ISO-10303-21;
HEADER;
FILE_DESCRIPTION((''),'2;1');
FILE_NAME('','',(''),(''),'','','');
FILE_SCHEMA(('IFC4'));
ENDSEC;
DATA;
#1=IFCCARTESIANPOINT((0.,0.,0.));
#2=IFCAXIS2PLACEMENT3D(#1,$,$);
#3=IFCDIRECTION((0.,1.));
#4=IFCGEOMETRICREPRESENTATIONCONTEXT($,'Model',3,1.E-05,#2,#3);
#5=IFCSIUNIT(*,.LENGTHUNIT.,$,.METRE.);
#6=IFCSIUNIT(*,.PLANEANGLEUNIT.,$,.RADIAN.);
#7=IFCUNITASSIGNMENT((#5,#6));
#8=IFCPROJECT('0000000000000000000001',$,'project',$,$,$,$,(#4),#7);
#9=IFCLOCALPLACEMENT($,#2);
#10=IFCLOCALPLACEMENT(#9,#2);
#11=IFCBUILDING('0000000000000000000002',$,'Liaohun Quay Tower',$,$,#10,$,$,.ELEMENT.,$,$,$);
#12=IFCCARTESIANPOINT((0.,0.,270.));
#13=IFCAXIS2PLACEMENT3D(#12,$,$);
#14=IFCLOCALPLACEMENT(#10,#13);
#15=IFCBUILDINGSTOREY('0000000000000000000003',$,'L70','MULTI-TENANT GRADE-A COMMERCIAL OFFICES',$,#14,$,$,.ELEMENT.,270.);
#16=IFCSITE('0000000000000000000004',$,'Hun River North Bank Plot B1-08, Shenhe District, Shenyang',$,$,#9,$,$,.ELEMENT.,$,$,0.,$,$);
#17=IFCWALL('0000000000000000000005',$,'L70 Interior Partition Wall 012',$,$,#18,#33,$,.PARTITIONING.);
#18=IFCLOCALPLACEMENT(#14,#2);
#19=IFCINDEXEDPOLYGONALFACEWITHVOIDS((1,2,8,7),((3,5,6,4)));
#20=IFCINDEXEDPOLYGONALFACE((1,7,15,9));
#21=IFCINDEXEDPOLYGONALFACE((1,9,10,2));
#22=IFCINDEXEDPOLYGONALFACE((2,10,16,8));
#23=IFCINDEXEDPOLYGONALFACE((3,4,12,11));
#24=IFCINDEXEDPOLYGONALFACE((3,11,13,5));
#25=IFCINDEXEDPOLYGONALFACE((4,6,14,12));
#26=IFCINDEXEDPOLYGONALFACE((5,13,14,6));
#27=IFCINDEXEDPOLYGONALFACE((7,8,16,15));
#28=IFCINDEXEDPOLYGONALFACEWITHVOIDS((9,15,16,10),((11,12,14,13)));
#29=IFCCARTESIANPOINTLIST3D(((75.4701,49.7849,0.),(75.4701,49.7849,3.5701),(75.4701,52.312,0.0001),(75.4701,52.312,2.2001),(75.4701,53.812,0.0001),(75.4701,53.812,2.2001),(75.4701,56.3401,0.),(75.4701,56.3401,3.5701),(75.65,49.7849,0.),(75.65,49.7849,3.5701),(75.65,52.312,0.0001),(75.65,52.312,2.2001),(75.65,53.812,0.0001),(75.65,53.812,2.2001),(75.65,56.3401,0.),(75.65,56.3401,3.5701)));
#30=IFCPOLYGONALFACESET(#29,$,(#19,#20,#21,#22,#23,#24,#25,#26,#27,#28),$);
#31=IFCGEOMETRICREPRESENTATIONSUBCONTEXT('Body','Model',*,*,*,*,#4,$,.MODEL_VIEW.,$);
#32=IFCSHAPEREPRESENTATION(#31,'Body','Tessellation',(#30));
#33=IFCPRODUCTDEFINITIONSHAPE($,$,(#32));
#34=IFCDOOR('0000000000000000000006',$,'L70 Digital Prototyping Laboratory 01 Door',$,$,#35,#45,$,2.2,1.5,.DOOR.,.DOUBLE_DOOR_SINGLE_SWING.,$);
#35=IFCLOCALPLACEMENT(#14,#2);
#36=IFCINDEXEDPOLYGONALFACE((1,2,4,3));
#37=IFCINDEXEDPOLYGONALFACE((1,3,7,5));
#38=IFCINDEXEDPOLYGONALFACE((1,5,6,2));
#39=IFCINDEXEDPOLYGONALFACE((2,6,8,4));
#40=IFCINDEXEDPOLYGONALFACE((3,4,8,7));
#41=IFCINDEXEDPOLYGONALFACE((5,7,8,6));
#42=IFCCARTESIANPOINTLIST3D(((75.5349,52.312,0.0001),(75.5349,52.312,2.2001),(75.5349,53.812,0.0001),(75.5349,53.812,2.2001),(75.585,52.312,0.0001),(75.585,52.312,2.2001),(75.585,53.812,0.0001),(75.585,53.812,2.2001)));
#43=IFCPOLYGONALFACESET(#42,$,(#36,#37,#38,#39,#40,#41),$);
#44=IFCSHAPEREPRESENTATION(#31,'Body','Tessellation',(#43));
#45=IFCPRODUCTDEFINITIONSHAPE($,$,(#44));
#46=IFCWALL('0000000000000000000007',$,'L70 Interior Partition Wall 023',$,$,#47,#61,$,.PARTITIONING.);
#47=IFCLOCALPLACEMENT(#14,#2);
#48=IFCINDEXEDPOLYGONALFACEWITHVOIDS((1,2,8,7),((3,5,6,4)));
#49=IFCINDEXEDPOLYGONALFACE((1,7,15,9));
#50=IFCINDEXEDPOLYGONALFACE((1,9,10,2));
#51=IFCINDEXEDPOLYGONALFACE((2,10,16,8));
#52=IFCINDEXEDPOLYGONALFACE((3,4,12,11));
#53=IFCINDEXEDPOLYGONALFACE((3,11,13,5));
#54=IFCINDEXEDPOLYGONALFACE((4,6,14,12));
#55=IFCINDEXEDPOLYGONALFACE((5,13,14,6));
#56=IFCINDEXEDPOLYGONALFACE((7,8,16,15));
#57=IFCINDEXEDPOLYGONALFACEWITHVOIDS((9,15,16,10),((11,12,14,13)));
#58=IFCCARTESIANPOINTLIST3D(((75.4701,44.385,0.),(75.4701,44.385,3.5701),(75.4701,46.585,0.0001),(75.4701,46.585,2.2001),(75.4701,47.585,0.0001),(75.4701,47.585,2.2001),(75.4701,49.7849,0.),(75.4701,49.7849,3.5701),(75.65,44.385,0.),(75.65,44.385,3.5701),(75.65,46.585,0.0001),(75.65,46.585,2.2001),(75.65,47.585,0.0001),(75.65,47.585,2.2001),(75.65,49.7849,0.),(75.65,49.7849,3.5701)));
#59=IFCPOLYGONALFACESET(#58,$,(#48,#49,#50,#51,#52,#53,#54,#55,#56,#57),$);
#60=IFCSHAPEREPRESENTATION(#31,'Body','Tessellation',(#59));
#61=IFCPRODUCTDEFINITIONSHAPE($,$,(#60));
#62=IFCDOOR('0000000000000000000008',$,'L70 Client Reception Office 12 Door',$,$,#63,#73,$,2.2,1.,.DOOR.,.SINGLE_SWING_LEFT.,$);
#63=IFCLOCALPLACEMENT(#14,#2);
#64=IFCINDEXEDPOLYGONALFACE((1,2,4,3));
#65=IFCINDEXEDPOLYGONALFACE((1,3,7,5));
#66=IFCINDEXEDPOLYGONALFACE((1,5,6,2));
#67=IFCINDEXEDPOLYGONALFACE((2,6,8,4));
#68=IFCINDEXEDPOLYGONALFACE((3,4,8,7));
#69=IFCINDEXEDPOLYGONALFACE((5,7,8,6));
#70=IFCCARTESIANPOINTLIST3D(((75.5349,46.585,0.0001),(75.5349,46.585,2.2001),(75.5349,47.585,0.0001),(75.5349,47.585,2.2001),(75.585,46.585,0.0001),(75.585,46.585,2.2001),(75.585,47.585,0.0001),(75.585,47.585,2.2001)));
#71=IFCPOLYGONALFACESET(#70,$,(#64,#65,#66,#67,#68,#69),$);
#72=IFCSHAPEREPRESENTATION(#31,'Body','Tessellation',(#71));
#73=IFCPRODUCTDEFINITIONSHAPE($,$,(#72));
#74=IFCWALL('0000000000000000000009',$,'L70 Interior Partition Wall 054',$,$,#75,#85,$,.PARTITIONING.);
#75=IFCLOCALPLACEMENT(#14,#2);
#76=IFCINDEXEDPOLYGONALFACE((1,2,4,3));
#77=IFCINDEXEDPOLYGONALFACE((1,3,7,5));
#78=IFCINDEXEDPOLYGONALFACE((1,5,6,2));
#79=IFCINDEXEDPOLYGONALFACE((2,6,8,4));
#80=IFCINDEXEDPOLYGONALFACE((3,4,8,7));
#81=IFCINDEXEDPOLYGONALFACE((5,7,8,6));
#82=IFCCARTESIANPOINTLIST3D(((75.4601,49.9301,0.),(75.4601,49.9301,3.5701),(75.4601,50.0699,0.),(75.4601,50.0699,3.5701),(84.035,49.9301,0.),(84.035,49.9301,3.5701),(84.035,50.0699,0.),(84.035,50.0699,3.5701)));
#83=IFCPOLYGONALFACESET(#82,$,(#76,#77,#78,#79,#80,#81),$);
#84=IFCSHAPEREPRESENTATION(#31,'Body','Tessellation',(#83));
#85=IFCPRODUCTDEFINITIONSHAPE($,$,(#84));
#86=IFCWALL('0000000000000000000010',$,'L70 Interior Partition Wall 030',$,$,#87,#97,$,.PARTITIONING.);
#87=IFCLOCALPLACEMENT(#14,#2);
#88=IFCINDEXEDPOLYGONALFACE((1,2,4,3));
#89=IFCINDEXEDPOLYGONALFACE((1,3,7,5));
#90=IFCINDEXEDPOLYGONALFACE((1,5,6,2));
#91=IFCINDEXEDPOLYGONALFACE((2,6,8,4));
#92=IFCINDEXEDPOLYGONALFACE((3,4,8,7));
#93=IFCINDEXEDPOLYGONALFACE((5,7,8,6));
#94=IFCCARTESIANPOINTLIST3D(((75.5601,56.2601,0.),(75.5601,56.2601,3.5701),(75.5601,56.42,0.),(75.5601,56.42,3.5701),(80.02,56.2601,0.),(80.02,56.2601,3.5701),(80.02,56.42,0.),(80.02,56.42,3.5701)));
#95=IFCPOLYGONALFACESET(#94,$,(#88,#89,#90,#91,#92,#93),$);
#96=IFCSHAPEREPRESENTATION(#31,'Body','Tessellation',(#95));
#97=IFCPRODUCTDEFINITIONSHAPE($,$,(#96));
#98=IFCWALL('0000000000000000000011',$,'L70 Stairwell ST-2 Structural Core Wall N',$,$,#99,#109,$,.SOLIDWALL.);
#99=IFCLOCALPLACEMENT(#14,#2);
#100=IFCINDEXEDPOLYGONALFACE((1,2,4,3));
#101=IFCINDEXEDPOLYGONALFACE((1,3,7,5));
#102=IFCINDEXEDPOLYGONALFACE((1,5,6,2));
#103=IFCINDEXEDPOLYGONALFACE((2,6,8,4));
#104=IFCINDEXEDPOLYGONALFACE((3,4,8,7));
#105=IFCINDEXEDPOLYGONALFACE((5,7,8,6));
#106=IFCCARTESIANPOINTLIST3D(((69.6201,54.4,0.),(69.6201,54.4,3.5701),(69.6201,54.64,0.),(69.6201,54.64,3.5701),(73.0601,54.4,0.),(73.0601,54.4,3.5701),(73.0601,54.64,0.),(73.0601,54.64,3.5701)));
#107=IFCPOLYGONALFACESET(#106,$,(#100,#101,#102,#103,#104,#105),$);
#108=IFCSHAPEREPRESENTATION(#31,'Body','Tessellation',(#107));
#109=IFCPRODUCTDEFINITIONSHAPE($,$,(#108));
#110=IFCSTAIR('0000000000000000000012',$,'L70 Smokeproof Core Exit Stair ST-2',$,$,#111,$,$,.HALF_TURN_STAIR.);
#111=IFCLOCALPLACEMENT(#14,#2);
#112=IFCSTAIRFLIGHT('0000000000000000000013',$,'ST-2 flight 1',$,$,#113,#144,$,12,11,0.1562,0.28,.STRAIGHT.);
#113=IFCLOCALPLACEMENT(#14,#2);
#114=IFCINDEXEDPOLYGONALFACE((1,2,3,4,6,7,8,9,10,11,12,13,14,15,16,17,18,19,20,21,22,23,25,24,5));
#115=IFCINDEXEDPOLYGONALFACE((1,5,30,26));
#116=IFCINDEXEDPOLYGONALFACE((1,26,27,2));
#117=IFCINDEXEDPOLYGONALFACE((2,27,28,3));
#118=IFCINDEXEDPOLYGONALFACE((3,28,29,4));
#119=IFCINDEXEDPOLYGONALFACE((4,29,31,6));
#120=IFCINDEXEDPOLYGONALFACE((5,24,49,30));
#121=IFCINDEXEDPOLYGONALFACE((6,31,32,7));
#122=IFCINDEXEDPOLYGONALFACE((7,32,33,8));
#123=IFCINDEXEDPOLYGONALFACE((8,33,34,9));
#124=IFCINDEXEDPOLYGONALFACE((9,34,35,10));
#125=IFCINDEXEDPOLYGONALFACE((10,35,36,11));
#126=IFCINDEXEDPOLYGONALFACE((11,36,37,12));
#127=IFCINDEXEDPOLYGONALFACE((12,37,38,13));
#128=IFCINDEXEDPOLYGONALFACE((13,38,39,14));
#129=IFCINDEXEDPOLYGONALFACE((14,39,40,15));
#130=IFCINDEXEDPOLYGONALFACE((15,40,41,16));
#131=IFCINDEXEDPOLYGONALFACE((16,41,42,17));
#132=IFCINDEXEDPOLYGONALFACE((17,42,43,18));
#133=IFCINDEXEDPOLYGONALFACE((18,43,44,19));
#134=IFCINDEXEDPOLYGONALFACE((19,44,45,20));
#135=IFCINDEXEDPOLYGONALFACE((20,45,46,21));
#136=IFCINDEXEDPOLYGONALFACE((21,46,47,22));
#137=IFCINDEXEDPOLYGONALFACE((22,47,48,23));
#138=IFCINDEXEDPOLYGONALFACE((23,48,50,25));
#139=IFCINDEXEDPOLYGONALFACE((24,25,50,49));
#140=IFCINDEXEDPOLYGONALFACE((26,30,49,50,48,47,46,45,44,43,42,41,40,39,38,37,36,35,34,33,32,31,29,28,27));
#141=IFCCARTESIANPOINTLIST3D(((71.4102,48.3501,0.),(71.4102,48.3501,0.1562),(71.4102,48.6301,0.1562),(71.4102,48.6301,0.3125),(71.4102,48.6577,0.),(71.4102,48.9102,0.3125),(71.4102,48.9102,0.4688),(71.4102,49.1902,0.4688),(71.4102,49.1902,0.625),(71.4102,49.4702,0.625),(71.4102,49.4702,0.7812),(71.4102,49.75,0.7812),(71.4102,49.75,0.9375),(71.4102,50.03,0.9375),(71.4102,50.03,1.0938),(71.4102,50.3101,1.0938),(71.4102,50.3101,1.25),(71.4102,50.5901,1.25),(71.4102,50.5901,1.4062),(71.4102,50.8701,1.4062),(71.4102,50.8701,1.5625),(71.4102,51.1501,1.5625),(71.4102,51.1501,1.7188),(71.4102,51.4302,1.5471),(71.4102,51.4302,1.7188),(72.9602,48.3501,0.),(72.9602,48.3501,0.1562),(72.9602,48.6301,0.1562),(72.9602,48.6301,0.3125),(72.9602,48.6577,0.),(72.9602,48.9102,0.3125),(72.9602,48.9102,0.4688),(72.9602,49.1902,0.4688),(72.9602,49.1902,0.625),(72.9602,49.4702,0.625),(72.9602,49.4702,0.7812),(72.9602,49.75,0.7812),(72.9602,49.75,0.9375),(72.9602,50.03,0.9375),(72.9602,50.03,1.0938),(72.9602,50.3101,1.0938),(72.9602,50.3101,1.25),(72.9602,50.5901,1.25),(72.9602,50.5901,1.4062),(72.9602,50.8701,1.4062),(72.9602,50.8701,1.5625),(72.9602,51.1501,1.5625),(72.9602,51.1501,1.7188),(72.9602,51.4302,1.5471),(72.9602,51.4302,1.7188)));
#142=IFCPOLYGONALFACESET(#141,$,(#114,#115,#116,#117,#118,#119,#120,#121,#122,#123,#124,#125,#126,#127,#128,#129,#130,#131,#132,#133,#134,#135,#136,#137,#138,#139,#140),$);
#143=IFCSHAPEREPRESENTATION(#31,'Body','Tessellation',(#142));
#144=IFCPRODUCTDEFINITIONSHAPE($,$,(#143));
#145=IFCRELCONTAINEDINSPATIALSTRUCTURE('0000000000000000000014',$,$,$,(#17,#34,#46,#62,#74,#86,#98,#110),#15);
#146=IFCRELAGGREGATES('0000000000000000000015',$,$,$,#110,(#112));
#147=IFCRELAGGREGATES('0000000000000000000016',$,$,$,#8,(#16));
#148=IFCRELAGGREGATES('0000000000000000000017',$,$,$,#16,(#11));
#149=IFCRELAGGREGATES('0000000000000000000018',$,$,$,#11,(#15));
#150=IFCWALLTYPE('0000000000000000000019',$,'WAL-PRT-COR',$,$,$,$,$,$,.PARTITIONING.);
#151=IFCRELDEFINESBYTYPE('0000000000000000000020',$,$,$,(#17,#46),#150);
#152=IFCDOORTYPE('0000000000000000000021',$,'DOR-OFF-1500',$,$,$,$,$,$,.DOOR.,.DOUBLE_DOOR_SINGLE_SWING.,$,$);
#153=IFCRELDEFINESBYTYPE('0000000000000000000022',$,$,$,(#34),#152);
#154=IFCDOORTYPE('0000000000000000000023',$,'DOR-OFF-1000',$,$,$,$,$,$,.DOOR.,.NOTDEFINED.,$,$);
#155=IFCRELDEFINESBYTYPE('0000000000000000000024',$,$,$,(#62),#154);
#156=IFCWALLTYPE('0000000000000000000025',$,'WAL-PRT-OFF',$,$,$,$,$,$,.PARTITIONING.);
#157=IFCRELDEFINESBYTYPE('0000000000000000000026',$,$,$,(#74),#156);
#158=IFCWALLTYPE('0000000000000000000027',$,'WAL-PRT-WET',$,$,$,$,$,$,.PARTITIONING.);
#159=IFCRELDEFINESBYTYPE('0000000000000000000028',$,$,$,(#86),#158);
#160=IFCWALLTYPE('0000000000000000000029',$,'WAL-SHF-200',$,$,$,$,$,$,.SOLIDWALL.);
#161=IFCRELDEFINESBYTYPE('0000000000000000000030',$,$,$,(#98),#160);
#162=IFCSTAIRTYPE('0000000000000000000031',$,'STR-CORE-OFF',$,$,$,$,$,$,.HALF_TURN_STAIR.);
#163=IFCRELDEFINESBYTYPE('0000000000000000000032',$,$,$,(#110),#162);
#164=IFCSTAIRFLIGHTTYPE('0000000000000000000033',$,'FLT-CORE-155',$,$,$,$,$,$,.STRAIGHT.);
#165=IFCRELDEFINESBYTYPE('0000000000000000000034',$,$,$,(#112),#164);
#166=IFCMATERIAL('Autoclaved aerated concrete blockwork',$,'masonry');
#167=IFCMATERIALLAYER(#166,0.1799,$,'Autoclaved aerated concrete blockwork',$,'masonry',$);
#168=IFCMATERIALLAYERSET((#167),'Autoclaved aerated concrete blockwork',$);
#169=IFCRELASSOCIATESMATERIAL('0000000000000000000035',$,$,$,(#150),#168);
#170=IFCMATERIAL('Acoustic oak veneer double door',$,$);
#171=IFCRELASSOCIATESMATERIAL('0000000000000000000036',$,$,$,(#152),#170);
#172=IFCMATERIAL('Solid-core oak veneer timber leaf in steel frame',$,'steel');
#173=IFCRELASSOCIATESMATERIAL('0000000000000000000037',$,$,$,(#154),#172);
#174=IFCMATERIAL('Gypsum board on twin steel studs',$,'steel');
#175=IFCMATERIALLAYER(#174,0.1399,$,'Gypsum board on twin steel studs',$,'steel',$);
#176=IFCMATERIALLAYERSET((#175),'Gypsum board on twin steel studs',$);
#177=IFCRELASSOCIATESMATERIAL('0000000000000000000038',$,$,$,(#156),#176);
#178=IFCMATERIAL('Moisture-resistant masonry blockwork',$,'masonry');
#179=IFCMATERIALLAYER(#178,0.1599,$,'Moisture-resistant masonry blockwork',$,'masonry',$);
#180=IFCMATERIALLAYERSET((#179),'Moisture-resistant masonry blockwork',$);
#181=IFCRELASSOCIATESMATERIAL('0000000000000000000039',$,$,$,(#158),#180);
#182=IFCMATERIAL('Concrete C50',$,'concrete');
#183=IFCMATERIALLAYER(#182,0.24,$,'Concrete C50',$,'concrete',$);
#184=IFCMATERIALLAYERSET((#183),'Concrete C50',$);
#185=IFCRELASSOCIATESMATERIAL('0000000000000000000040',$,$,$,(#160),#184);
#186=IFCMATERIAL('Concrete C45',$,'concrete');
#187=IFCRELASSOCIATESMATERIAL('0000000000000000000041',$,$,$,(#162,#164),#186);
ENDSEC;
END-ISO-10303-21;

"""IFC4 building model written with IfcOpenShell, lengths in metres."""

from ifc_helpers import new_model, si_unit, direction, frame, frame_2d, origin, place, context, subcontext, project, spatial, polyline, rectangle, outline, extrude, source, transform, mapped, material, layer, layer_set, type_object, element, fill, aggregate, save


model = new_model("IFC4")

# Units and contexts
model_context = context("Model", 3, precision=1e-05, world=origin(), true_north=direction((0.0, 1.0)))
body_context = subcontext(model_context, "Body", "Model", "MODEL_VIEW")
ifc_project = project(units=[si_unit("LENGTHUNIT", "METRE"), si_unit("PLANEANGLEUNIT", "RADIAN")], contexts=[model_context])

# Site, building, storey
site_placement = place(None, origin())
site = spatial("IfcSite", under=ifc_project, at=site_placement, Name="Hun River North Bank Plot B1-08, Shenhe District, Shenyang", CompositionType="ELEMENT", RefElevation=0.0)
building_placement = place(site_placement, origin())
building = spatial("IfcBuilding", under=site, at=building_placement, Name="Liaohun Quay Tower", CompositionType="ELEMENT")
storey_placement = place(building_placement, frame((0.0, 0.0, 270.0)))
storey = spatial("IfcBuildingStorey", under=building, at=storey_placement, Name="L70", Description="MULTI-TENANT GRADE-A COMMERCIAL OFFICES", CompositionType="ELEMENT", Elevation=270.0)

# Walls, openings, doors
ifc_material_1 = material(Name="Autoclaved aerated concrete blockwork", Category="masonry")
ifc_layer_1 = layer(ifc_material_1, 0.1799, Name="Autoclaved aerated concrete blockwork", Category="masonry")
ifc_layer_set_1 = layer_set([ifc_layer_1], Name="Autoclaved aerated concrete blockwork")
wall_type_1 = type_object("IfcWallType", Name="WAL-PRT-COR", PredefinedType="PARTITIONING", material=ifc_layer_set_1)
wall_1_placement = place(storey_placement, frame((75.5601, 56.3401, 0.0), z_axis=(0.0, 0.0, 1.0), x_axis=(0.0, -1.0, 0.0)))
wall_1 = element("IfcWall", 1, at=wall_1_placement, inside=storey, type_object=wall_type_1, Name="L70 Interior Partition Wall 012", PredefinedType="PARTITIONING", context=body_context, shape_type="SweptSolid", body=[
    extrude(rectangle(XDim=6.5552, YDim=0.1799, at=frame_2d((3.2776, 0.0))), origin(), (0.0, 0.0, 1.0), 3.5701),
])
shared_shape_1 = source(origin(), body_context, "Body", "SweptSolid", [
    extrude(rectangle(XDim=1.5, YDim=2.2, at=frame_2d((0.75, 1.1001))), frame((0.0, 0.0999, 0.0), z_axis=(0.0, -1.0, 0.0), x_axis=(1.0, 0.0, 0.0)), (0.0, 0.0, 1.0), 0.2),
])
opening_1_placement = place(wall_1_placement, frame((2.5281, 0.0, 0.0)))
opening_1 = element("IfcOpeningElement", 2, at=opening_1_placement, cuts=wall_1, PredefinedType="OPENING", context=body_context, shape_type="MappedRepresentation", body=[
    mapped(shared_shape_1, transform((0.0, 0.0, 0.0), x_axis=(1.0, 0.0, 0.0), y_axis=(0.0, 1.0, 0.0), z_axis=(0.0, 0.0, 1.0), scale=1.0)),
])
ifc_material_2 = material(Name="Acoustic oak veneer double door")
door_type_1 = type_object("IfcDoorType", Name="DOR-OFF-1500", OperationType="DOUBLE_DOOR_SINGLE_SWING", PredefinedType="DOOR", material=ifc_material_2)
shared_shape_2 = source(origin(), body_context, "Body", "SweptSolid", [
    extrude(rectangle(XDim=1.5, YDim=2.2, at=frame_2d((0.75, 1.1001))), frame((0.0, 0.0249, 0.0), z_axis=(0.0, -1.0, 0.0), x_axis=(1.0, 0.0, 0.0)), (0.0, 0.0, 1.0), 0.05),
])
door_1_placement = place(opening_1_placement, origin())
door_1 = element("IfcDoor", 3, at=door_1_placement, inside=storey, type_object=door_type_1, Name="L70 Digital Prototyping Laboratory 01 Door", OperationType="DOUBLE_DOOR_SINGLE_SWING", OverallHeight=2.2, OverallWidth=1.5, PredefinedType="DOOR", context=body_context, shape_type="MappedRepresentation", body=[
    mapped(shared_shape_2, transform((0.0, 0.0, 0.0), x_axis=(1.0, 0.0, 0.0), y_axis=(0.0, 1.0, 0.0), z_axis=(0.0, 0.0, 1.0), scale=1.0)),
])
fill(opening_1, door_1)
wall_2_placement = place(storey_placement, frame((75.5601, 49.7849, 0.0), z_axis=(0.0, 0.0, 1.0), x_axis=(0.0, -1.0, 0.0)))
wall_2 = element("IfcWall", 4, at=wall_2_placement, inside=storey, type_object=wall_type_1, Name="L70 Interior Partition Wall 023", PredefinedType="PARTITIONING", context=body_context, shape_type="SweptSolid", body=[
    extrude(rectangle(XDim=5.3999, YDim=0.1799, at=frame_2d((2.7, 0.0))), origin(), (0.0, 0.0, 1.0), 3.5701),
])
shared_shape_3 = source(origin(), body_context, "Body", "SweptSolid", [
    extrude(rectangle(XDim=1.0, YDim=2.2, at=frame_2d((0.5, 1.1001))), frame((0.0, 0.0999, 0.0), z_axis=(0.0, -1.0, 0.0), x_axis=(1.0, 0.0, 0.0)), (0.0, 0.0, 1.0), 0.2),
])
opening_2_placement = place(wall_2_placement, frame((2.2, 0.0, 0.0)))
opening_2 = element("IfcOpeningElement", 5, at=opening_2_placement, cuts=wall_2, PredefinedType="OPENING", context=body_context, shape_type="MappedRepresentation", body=[
    mapped(shared_shape_3, transform((0.0, 0.0, 0.0), x_axis=(1.0, 0.0, 0.0), y_axis=(0.0, 1.0, 0.0), z_axis=(0.0, 0.0, 1.0), scale=1.0)),
])
ifc_material_3 = material(Name="Solid-core oak veneer timber leaf in steel frame", Category="steel")
door_type_2 = type_object("IfcDoorType", Name="DOR-OFF-1000", OperationType="NOTDEFINED", PredefinedType="DOOR", material=ifc_material_3)
shared_shape_4 = source(origin(), body_context, "Body", "SweptSolid", [
    extrude(rectangle(XDim=1.0, YDim=2.2, at=frame_2d((0.5, 1.1001))), frame((0.0, 0.0249, 0.0), z_axis=(0.0, -1.0, 0.0), x_axis=(1.0, 0.0, 0.0)), (0.0, 0.0, 1.0), 0.05),
])
door_2_placement = place(opening_2_placement, origin())
door_2 = element("IfcDoor", 6, at=door_2_placement, inside=storey, type_object=door_type_2, Name="L70 Client Reception Office 12 Door", OperationType="SINGLE_SWING_LEFT", OverallHeight=2.2, OverallWidth=1.0, PredefinedType="DOOR", context=body_context, shape_type="MappedRepresentation", body=[
    mapped(shared_shape_4, transform((0.0, 0.0, 0.0), x_axis=(1.0, 0.0, 0.0), y_axis=(0.0, 1.0, 0.0), z_axis=(0.0, 0.0, 1.0), scale=1.0)),
])
fill(opening_2, door_2)

# Wall
ifc_material_4 = material(Name="Gypsum board on twin steel studs", Category="steel")
ifc_layer_2 = layer(ifc_material_4, 0.1399, Name="Gypsum board on twin steel studs", Category="steel")
ifc_layer_set_2 = layer_set([ifc_layer_2], Name="Gypsum board on twin steel studs")
wall_type_2 = type_object("IfcWallType", Name="WAL-PRT-OFF", PredefinedType="PARTITIONING", material=ifc_layer_set_2)
wall_3_placement = place(storey_placement, frame((75.46, 50.0, 0.0), z_axis=(0.0, 0.0, 1.0), x_axis=(1.0, 0.0, 0.0)))
element("IfcWall", 7, at=wall_3_placement, inside=storey, type_object=wall_type_2, Name="L70 Interior Partition Wall 054", PredefinedType="PARTITIONING", context=body_context, shape_type="SweptSolid", body=[
    extrude(rectangle(XDim=8.575, YDim=0.1399, at=frame_2d((4.2876, 0.0))), origin(), (0.0, 0.0, 1.0), 3.5701),
])

# Shared definitions
ifc_material_5 = material(Name="Moisture-resistant masonry blockwork", Category="masonry")
ifc_layer_3 = layer(ifc_material_5, 0.1599, Name="Moisture-resistant masonry blockwork", Category="masonry")
ifc_layer_set_3 = layer_set([ifc_layer_3], Name="Moisture-resistant masonry blockwork")
wall_type_3 = type_object("IfcWallType", Name="WAL-PRT-WET", PredefinedType="PARTITIONING", material=ifc_layer_set_3)

# Walls
wall_4_placement = place(storey_placement, frame((75.5601, 56.3401, 0.0), z_axis=(0.0, 0.0, 1.0), x_axis=(1.0, 0.0, 0.0)))
element("IfcWall", 8, at=wall_4_placement, inside=storey, type_object=wall_type_3, Name="L70 Interior Partition Wall 030", PredefinedType="PARTITIONING", context=body_context, shape_type="SweptSolid", body=[
    extrude(rectangle(XDim=4.46, YDim=0.1599, at=frame_2d((2.23, 0.0))), origin(), (0.0, 0.0, 1.0), 3.5701),
])
ifc_material_6 = material(Name="Concrete C50", Category="concrete")
ifc_layer_4 = layer(ifc_material_6, 0.24, Name="Concrete C50", Category="concrete")
ifc_layer_set_4 = layer_set([ifc_layer_4], Name="Concrete C50")
wall_type_4 = type_object("IfcWallType", Name="WAL-SHF-200", PredefinedType="SOLIDWALL", material=ifc_layer_set_4)
wall_5_placement = place(storey_placement, frame((73.0601, 54.52, 0.0), z_axis=(0.0, 0.0, 1.0), x_axis=(-1.0, 0.0, 0.0)))
element("IfcWall", 9, at=wall_5_placement, inside=storey, type_object=wall_type_4, Name="L70 Stairwell ST-2 Structural Core Wall N", PredefinedType="SOLIDWALL", context=body_context, shape_type="SweptSolid", body=[
    extrude(rectangle(XDim=3.4399, YDim=0.24, at=frame_2d((1.72, 0.0))), origin(), (0.0, 0.0, 1.0), 3.5701),
])

# Stair, stair flight
ifc_material_7 = material(Name="Concrete C45", Category="concrete")
stair_type = type_object("IfcStairType", Name="STR-CORE-OFF", PredefinedType="HALF_TURN_STAIR", material=ifc_material_7)
stair_placement = place(storey_placement, origin())
stair = element("IfcStair", 10, at=stair_placement, inside=storey, type_object=stair_type, Name="L70 Smokeproof Core Exit Stair ST-2", PredefinedType="HALF_TURN_STAIR")
stair_flight_type = type_object("IfcStairFlightType", Name="FLT-CORE-155", PredefinedType="STRAIGHT", material=ifc_material_7)
stair_flight_1_placement = place(storey_placement, frame((72.1851, 48.3501, 0.0), z_axis=(0.0, 0.0, 1.0), x_axis=(0.0, 1.0, 0.0)))
stair_flight_1 = element("IfcStairFlight", 11, at=stair_flight_1_placement, type_object=stair_flight_type, Name="ST-2 flight 1", NumberOfRisers=12, NumberOfTreads=11, PredefinedType="STRAIGHT", RiserHeight=0.1562, TreadLength=0.28, context=body_context, shape_type="SweptSolid", body=[
    extrude(outline(polyline([(0.0, 0.0), (0.0, 0.1562), (0.28, 0.1562), (0.28, 0.3125), (0.5601, 0.3125), (0.5601, 0.4688), (0.8401, 0.4688), (0.8401, 0.625), (1.1201, 0.625), (1.1201, 0.7812), (1.3999, 0.7812), (1.3999, 0.9375), (1.6799, 0.9375), (1.6799, 1.0938), (1.96, 1.0938), (1.96, 1.25), (2.24, 1.25), (2.24, 1.4062), (2.52, 1.4062), (2.52, 1.5625), (2.8, 1.5625), (2.8, 1.7188), (3.0801, 1.7188), (3.0801, 1.875), (3.0801, 1.5471), (0.3076, 0.0), (0.0, 0.0)])), frame((0.0, 0.7749, 0.0), z_axis=(0.0, -1.0, 0.0), x_axis=(1.0, 0.0, 0.0)), (0.0, 0.0, 1.0), 1.55),
])
aggregate(stair, [stair_flight_1])

save(model, "model.ifc")
